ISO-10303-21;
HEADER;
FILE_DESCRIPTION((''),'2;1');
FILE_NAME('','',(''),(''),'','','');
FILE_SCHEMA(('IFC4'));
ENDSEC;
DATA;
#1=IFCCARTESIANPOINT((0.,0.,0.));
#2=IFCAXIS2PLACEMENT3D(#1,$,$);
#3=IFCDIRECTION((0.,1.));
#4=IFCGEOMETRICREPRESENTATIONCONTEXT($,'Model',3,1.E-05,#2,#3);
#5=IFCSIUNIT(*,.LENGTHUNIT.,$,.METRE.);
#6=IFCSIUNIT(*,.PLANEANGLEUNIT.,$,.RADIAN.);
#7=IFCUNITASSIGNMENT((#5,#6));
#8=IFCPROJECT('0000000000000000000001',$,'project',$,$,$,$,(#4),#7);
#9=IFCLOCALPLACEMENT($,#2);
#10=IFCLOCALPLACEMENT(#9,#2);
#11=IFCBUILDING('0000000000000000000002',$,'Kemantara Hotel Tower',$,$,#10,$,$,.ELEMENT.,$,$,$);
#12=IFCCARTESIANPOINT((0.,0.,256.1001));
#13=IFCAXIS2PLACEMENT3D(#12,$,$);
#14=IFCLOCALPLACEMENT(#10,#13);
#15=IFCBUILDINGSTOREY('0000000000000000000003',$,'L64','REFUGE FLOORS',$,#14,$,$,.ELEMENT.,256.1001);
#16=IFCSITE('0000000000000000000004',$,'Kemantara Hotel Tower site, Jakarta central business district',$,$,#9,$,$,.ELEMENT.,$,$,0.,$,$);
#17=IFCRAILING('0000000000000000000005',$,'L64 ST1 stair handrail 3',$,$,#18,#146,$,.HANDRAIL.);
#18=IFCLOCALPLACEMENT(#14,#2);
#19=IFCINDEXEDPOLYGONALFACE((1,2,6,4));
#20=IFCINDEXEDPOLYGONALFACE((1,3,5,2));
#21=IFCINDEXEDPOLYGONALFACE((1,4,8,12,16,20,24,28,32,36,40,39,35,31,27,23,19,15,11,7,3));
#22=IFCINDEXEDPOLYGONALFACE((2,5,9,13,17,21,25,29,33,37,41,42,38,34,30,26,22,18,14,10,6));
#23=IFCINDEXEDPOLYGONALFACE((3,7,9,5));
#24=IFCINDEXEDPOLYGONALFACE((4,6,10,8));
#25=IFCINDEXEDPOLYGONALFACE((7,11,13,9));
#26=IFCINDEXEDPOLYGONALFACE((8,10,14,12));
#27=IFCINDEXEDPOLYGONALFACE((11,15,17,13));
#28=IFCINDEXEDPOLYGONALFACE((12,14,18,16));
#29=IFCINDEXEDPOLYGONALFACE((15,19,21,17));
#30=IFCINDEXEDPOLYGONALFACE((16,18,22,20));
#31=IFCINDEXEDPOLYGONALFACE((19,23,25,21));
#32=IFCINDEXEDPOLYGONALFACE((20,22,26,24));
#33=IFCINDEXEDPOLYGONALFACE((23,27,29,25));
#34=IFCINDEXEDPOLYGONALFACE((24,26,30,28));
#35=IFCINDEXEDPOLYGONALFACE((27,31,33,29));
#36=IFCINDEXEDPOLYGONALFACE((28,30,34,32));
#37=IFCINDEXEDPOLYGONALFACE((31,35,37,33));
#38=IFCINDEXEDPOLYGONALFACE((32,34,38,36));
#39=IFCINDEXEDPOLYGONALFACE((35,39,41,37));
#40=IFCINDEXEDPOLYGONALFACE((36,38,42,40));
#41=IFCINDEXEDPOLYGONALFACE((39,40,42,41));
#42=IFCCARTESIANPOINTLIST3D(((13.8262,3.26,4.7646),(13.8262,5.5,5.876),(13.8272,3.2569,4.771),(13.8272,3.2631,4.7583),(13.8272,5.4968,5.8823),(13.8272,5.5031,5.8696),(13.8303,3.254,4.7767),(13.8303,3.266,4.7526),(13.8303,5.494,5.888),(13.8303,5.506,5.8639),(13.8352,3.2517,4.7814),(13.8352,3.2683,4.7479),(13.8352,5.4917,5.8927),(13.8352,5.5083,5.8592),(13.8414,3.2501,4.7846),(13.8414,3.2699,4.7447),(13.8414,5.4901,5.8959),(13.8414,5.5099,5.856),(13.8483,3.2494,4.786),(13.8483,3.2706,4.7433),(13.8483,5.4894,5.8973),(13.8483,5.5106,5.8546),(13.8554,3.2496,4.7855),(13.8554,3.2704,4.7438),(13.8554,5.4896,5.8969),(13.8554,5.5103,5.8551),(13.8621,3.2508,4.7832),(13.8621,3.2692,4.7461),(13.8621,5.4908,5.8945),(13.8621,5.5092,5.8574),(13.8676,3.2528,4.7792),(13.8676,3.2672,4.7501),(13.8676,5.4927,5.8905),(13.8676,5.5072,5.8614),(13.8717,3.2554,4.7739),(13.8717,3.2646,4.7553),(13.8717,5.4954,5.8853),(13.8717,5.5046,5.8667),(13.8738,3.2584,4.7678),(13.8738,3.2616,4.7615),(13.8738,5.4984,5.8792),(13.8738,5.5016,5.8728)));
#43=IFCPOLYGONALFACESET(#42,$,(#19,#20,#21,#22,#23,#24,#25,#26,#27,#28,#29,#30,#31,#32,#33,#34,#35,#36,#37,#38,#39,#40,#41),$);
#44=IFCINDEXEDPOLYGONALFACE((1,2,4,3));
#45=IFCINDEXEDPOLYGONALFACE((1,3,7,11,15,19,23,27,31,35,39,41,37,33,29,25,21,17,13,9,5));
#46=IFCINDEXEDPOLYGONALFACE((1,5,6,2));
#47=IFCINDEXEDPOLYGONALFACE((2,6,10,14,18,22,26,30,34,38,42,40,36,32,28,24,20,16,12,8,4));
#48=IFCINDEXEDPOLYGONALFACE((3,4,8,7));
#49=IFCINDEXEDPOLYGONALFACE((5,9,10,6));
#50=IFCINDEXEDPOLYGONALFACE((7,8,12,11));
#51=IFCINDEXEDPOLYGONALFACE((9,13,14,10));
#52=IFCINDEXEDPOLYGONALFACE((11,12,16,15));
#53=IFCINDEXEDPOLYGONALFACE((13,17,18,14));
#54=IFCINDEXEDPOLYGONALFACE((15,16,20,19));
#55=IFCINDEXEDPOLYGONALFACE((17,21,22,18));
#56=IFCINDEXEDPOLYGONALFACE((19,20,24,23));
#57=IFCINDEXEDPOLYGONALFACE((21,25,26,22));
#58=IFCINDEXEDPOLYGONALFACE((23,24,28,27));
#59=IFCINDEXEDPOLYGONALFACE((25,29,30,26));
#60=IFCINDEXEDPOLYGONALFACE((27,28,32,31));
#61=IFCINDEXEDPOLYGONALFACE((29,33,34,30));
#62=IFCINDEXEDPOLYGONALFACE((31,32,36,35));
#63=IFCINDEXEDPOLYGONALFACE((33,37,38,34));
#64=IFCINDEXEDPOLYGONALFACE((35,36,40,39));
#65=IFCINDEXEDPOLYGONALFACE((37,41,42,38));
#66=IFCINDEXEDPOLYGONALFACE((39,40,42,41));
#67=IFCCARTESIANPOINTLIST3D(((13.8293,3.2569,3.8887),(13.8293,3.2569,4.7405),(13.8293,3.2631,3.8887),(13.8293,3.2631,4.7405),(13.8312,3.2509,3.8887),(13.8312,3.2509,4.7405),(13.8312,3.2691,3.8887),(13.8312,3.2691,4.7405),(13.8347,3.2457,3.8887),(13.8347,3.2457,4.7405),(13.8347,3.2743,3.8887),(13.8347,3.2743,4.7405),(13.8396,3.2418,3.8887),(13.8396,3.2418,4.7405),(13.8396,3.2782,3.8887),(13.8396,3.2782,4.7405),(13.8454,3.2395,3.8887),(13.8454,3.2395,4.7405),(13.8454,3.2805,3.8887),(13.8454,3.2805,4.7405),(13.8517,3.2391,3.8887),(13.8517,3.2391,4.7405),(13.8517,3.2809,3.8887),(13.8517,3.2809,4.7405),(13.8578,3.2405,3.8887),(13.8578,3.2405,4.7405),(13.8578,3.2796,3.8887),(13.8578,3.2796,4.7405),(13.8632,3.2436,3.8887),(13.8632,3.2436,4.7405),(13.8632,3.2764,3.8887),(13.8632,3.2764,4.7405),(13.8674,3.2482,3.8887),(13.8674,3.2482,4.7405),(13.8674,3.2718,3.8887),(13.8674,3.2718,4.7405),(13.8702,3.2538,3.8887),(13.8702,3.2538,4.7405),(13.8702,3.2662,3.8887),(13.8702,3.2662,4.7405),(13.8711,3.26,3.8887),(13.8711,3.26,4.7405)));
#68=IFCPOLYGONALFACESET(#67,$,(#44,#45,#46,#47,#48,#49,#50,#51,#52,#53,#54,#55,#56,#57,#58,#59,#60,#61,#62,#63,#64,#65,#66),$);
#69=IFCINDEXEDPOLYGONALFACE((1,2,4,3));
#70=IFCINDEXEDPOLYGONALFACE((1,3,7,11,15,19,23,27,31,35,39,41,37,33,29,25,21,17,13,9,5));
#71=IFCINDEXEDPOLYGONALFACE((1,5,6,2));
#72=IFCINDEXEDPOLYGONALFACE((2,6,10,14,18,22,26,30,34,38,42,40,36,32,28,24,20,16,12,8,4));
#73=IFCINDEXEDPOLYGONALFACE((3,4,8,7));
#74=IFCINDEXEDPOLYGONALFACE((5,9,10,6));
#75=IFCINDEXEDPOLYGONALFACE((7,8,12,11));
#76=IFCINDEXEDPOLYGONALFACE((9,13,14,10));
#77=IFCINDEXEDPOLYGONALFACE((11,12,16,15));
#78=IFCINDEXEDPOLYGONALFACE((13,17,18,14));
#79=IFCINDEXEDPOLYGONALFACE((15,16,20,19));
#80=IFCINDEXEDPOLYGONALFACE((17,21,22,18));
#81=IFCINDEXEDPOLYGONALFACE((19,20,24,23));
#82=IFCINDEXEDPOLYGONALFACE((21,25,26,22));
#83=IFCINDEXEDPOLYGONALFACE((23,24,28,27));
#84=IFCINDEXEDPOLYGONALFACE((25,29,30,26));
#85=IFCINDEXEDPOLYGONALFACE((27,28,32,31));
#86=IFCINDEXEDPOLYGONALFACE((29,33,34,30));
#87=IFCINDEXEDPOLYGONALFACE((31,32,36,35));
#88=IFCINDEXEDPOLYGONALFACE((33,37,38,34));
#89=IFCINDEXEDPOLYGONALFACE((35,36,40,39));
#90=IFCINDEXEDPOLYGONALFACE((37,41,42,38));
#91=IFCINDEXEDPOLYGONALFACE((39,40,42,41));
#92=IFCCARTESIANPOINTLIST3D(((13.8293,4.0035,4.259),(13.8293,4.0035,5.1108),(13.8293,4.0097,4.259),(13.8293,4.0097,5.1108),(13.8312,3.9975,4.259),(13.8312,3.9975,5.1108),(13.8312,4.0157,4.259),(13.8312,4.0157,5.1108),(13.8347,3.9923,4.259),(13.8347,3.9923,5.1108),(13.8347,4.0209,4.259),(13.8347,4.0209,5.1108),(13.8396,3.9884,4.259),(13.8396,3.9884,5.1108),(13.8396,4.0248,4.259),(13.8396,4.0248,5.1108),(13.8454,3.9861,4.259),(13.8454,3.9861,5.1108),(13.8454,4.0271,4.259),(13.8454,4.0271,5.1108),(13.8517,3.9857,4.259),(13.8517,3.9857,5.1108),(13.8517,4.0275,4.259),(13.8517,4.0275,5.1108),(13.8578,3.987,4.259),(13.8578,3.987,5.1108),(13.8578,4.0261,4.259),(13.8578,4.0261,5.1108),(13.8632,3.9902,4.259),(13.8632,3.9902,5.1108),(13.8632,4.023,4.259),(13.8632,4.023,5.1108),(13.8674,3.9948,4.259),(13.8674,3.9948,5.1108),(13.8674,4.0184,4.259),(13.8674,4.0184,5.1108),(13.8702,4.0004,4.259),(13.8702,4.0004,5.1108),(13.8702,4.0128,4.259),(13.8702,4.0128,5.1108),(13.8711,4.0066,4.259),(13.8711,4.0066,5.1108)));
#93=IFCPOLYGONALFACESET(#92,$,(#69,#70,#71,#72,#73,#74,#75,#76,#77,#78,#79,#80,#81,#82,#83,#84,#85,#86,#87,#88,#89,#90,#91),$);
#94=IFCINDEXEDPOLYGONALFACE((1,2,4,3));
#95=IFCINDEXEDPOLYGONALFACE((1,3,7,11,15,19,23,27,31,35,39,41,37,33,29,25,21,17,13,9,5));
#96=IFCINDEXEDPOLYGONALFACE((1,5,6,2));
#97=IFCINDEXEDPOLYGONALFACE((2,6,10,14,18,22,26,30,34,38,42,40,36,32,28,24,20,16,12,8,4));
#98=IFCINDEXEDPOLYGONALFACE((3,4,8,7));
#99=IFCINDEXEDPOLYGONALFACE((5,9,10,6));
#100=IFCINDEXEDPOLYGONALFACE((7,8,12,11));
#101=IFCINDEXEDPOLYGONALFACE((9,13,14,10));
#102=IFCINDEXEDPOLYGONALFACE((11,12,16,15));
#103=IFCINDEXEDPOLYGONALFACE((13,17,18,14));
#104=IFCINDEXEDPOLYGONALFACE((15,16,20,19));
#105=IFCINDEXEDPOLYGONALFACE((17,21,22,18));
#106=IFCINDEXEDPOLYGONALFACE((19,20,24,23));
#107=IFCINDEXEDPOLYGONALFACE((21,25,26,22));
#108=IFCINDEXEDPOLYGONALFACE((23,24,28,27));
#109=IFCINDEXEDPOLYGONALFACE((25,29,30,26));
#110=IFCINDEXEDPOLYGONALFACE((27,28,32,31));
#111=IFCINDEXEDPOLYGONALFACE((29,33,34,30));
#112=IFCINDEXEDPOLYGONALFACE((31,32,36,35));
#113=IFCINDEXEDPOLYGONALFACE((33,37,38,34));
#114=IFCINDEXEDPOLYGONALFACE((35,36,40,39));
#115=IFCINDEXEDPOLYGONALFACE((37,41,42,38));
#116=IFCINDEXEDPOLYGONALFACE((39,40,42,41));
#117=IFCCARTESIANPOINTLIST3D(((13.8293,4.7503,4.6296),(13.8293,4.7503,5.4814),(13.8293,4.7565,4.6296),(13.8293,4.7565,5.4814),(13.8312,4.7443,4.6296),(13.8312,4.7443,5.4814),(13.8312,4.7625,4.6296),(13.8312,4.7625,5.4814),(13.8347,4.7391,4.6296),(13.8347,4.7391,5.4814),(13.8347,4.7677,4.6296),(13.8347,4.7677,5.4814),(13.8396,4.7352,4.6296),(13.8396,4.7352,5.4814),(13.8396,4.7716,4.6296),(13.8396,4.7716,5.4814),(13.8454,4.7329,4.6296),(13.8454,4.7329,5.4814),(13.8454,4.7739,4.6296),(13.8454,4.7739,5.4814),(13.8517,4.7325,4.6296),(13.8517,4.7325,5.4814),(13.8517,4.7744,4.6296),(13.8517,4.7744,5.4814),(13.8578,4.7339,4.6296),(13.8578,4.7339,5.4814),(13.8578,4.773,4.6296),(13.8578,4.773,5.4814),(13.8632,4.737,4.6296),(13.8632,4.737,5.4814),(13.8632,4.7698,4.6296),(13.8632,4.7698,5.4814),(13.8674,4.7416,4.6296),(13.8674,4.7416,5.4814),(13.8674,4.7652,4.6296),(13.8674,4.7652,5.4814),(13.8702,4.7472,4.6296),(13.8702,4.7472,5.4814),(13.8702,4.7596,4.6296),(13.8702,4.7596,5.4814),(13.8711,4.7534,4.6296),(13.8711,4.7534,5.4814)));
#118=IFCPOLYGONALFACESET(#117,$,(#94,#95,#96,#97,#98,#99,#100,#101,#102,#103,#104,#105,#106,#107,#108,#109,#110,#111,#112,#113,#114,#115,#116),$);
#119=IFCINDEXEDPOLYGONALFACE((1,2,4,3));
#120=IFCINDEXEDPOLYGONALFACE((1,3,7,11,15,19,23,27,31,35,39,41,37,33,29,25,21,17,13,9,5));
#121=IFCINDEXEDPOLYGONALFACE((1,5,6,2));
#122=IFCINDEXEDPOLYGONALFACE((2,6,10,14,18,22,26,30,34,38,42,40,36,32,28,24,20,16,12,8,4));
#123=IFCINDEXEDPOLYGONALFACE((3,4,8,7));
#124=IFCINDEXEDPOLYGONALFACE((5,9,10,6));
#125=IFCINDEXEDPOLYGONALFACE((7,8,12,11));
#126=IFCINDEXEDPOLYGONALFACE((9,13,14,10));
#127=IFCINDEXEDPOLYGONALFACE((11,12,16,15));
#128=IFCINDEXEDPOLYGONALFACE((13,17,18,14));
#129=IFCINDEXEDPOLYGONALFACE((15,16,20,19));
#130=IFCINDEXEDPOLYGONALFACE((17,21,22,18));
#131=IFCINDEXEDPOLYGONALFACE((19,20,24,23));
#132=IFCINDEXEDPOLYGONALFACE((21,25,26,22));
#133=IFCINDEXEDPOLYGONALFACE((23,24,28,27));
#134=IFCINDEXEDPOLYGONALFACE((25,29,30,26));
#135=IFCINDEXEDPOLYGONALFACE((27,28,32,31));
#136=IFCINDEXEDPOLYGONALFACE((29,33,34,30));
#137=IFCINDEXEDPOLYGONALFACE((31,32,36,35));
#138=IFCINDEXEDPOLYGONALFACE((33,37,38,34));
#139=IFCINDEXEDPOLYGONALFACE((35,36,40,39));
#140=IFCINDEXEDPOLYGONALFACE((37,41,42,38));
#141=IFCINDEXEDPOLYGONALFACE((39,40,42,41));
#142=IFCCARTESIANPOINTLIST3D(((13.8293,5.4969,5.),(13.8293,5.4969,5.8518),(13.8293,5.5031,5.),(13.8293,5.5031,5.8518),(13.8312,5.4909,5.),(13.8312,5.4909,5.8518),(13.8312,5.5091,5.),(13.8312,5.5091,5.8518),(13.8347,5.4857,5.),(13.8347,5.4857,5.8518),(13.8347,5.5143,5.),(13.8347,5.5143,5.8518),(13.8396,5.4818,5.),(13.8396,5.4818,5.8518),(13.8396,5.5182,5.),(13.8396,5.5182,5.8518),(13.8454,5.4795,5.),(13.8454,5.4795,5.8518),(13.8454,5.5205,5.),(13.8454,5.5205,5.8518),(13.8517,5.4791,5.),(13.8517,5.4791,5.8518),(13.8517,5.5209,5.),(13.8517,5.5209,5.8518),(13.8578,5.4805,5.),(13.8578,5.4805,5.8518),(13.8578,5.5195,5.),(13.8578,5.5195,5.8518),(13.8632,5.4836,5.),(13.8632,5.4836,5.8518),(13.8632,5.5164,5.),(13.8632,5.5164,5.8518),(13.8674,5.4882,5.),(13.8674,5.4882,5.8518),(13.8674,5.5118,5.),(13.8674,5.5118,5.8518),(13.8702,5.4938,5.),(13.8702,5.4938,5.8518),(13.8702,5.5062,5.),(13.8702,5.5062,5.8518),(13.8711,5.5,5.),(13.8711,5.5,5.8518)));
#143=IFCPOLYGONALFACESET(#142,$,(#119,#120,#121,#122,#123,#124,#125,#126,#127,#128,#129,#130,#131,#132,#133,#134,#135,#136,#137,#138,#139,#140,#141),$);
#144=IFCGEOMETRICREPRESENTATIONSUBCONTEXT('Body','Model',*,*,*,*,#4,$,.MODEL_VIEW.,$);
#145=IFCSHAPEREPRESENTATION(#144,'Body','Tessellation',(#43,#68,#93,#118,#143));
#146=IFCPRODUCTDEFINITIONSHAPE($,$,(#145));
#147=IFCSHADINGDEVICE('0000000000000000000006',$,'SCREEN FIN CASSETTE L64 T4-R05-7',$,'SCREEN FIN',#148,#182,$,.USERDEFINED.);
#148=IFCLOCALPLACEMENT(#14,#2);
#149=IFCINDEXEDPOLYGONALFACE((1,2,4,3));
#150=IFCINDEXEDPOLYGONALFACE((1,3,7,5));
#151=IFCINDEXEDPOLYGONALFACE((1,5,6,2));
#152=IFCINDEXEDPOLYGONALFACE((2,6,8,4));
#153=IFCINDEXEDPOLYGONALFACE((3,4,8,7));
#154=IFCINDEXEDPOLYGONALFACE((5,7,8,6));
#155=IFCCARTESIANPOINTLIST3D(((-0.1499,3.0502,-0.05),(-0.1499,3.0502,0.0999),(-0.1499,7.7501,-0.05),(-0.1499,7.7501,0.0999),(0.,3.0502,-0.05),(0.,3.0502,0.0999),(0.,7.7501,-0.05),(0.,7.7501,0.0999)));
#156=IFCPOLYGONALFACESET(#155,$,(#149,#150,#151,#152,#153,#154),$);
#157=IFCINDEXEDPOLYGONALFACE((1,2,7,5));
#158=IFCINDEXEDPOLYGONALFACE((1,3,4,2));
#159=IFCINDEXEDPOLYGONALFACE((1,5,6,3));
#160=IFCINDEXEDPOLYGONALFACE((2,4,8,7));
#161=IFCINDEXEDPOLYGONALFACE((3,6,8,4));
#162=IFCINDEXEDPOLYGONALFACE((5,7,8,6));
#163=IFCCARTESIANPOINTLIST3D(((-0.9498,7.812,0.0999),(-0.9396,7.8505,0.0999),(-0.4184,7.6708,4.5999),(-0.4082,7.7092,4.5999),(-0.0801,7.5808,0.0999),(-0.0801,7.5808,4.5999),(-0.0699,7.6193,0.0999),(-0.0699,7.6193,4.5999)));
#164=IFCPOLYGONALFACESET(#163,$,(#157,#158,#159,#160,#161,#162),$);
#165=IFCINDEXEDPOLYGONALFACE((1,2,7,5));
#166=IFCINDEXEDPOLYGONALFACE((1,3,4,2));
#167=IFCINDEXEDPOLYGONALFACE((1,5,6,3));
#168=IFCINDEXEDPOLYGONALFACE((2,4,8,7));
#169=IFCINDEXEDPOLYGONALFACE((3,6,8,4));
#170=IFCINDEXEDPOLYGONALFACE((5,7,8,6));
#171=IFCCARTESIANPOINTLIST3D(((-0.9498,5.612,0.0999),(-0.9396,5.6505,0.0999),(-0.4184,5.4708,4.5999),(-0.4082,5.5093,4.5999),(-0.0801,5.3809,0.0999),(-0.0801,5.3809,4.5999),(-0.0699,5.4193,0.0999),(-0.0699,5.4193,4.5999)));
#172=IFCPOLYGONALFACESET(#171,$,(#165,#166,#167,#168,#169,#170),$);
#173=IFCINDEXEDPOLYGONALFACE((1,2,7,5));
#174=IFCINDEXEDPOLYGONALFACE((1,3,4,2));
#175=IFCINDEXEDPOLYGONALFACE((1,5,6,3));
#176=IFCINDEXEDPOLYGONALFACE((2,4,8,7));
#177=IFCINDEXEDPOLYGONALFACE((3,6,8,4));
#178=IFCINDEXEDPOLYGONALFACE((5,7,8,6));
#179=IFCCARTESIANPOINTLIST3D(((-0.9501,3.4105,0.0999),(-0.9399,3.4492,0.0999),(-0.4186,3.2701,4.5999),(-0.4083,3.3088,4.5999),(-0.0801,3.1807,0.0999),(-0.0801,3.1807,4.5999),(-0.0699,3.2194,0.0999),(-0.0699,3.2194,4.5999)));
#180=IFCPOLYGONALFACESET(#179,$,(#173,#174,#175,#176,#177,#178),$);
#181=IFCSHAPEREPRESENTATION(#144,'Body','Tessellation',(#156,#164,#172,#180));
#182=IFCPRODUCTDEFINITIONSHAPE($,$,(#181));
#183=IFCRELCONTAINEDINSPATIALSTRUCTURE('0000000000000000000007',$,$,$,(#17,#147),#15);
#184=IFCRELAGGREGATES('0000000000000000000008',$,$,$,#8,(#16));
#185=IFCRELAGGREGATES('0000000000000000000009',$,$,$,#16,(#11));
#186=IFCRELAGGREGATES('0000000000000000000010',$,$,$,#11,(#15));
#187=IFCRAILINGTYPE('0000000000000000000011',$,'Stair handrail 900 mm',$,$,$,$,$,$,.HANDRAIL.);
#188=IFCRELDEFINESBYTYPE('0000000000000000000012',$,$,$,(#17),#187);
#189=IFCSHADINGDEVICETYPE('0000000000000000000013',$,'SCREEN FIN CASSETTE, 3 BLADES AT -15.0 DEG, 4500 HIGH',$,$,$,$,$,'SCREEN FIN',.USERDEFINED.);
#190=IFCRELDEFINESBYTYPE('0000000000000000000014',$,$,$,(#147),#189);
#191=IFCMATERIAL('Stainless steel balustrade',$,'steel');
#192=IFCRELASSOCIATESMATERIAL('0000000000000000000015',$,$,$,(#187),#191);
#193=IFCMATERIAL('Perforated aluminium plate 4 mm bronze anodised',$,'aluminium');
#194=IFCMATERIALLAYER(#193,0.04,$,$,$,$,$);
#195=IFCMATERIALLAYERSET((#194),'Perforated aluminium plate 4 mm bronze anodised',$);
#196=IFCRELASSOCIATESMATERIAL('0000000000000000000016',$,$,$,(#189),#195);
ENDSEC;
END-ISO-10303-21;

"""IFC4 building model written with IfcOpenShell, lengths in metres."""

from ifc_helpers import new_model, si_unit, direction, frame, origin, origin_2d, place, context, subcontext, project, spatial, polyline, rectangle, circle, outline, extrude, source, transform, mapped, material, layer, layer_set, type_object, element, save


model = new_model("IFC4")

# Units and contexts
model_context = context("Model", 3, precision=1e-05, world=origin(), true_north=direction((0.0, 1.0)))
body_context = subcontext(model_context, "Body", "Model", "MODEL_VIEW")
ifc_project = project(units=[si_unit("LENGTHUNIT", "METRE"), si_unit("PLANEANGLEUNIT", "RADIAN")], contexts=[model_context])

# Site, building, storey
site_placement = place(None, origin())
site = spatial("IfcSite", under=ifc_project, at=site_placement, Name="Kemantara Hotel Tower site, Jakarta central business district", CompositionType="ELEMENT", RefElevation=0.0)
building_placement = place(site_placement, origin())
building = spatial("IfcBuilding", under=site, at=building_placement, Name="Kemantara Hotel Tower", CompositionType="ELEMENT")
storey_placement = place(building_placement, frame((0.0, 0.0, 256.1001)))
storey = spatial("IfcBuildingStorey", under=building, at=storey_placement, Name="L64", Description="REFUGE FLOORS", CompositionType="ELEMENT", Elevation=256.1001)

# Railing
ifc_material_1 = material(Name="Stainless steel balustrade", Category="steel")
railing_type_1 = type_object("IfcRailingType", Name="Stair handrail 900 mm", PredefinedType="HANDRAIL", material=ifc_material_1)
railing_1_placement = place(storey_placement, frame((13.8501, 3.26, 3.8887)))
element("IfcRailing", 1, at=railing_1_placement, inside=storey, type_object=railing_type_1, Name="L64 ST1 stair handrail 3", PredefinedType="HANDRAIL", context=body_context, shape_type="SweptSolid", body=[
    extrude(circle(Radius=0.0239, at=origin_2d()), frame((0.0, 0.0, 0.876), z_axis=(0.0, 0.895809, 0.444439), x_axis=(-1.0, 0.0, 0.0)), (0.0, 0.0, 1.0), 2.5005),
    extrude(circle(Radius=0.021, at=origin_2d()), origin(), (0.0, 0.0, 1.0), 0.8518),
    extrude(circle(Radius=0.021, at=origin_2d()), frame((0.0, 0.7466, 0.3704)), (0.0, 0.0, 1.0), 0.8518),
    extrude(circle(Radius=0.021, at=origin_2d()), frame((0.0, 1.4934, 0.741)), (0.0, 0.0, 1.0), 0.8518),
    extrude(circle(Radius=0.021, at=origin_2d()), frame((0.0, 2.24, 1.1113)), (0.0, 0.0, 1.0), 0.8518),
])

# Shading device
ifc_material_2 = material(Name="Perforated aluminium plate 4 mm bronze anodised", Category="aluminium")
ifc_layer_1 = layer(ifc_material_2, 0.04)
ifc_layer_set_1 = layer_set([ifc_layer_1], Name="Perforated aluminium plate 4 mm bronze anodised")
shading_device_type_1 = type_object("IfcShadingDeviceType", Name="SCREEN FIN CASSETTE, 3 BLADES AT -15.0 DEG, 4500 HIGH", ElementType="SCREEN FIN", PredefinedType="USERDEFINED", material=ifc_layer_set_1)
shared_shape_1 = source(origin(), body_context, "Body", "SweptSolid", [
    extrude(rectangle(XDim=4.7, YDim=0.1499, at=origin_2d()), frame((2.2, -0.075, -0.1499), z_axis=(0.0, 0.0, 1.0), x_axis=(1.0, 0.0, 0.0)), (0.0, 0.0, 1.0), 0.1499),
    extrude(outline(polyline([(0.0, 0.0), (0.8999, 0.0), (0.3501, 4.5), (0.0, 4.5), (0.0, 0.0)])), frame((0.0193, -0.0801, 0.0), z_axis=(-0.966438, 0.256901, 0.0), x_axis=(-0.256901, -0.966438, 0.0)), (0.0, 0.0, 1.0), 0.0398),
    extrude(outline(polyline([(0.0, 0.0), (0.8999, 0.0), (0.3501, 4.5), (0.0, 4.5), (0.0, 0.0)])), frame((2.2192, -0.0801, 0.0), z_axis=(-0.966438, 0.256901, 0.0), x_axis=(-0.256901, -0.966438, 0.0)), (0.0, 0.0, 1.0), 0.0398),
    extrude(outline(polyline([(0.0, 0.0), (0.8999, 0.0), (0.3501, 4.5), (0.0, 4.5), (0.0, 0.0)])), frame((4.4194, -0.0801, 0.0), z_axis=(-0.966838, 0.255391, 0.0), x_axis=(-0.255391, -0.966838, 0.0)), (0.0, 0.0, 1.0), 0.04),
])
shading_device_1_placement = place(storey_placement, frame((0.0, 7.6001, 0.0999), z_axis=(0.0, 0.0, 1.0), x_axis=(0.0, -1.0, 0.0)))
element("IfcShadingDevice", 2, at=shading_device_1_placement, inside=storey, type_object=shading_device_type_1, Name="SCREEN FIN CASSETTE L64 T4-R05-7", ObjectType="SCREEN FIN", PredefinedType="USERDEFINED", context=body_context, shape_type="MappedRepresentation", body=[
    mapped(shared_shape_1, transform((0.0, 0.0, 0.0))),
])

save(model, "model.ifc")
